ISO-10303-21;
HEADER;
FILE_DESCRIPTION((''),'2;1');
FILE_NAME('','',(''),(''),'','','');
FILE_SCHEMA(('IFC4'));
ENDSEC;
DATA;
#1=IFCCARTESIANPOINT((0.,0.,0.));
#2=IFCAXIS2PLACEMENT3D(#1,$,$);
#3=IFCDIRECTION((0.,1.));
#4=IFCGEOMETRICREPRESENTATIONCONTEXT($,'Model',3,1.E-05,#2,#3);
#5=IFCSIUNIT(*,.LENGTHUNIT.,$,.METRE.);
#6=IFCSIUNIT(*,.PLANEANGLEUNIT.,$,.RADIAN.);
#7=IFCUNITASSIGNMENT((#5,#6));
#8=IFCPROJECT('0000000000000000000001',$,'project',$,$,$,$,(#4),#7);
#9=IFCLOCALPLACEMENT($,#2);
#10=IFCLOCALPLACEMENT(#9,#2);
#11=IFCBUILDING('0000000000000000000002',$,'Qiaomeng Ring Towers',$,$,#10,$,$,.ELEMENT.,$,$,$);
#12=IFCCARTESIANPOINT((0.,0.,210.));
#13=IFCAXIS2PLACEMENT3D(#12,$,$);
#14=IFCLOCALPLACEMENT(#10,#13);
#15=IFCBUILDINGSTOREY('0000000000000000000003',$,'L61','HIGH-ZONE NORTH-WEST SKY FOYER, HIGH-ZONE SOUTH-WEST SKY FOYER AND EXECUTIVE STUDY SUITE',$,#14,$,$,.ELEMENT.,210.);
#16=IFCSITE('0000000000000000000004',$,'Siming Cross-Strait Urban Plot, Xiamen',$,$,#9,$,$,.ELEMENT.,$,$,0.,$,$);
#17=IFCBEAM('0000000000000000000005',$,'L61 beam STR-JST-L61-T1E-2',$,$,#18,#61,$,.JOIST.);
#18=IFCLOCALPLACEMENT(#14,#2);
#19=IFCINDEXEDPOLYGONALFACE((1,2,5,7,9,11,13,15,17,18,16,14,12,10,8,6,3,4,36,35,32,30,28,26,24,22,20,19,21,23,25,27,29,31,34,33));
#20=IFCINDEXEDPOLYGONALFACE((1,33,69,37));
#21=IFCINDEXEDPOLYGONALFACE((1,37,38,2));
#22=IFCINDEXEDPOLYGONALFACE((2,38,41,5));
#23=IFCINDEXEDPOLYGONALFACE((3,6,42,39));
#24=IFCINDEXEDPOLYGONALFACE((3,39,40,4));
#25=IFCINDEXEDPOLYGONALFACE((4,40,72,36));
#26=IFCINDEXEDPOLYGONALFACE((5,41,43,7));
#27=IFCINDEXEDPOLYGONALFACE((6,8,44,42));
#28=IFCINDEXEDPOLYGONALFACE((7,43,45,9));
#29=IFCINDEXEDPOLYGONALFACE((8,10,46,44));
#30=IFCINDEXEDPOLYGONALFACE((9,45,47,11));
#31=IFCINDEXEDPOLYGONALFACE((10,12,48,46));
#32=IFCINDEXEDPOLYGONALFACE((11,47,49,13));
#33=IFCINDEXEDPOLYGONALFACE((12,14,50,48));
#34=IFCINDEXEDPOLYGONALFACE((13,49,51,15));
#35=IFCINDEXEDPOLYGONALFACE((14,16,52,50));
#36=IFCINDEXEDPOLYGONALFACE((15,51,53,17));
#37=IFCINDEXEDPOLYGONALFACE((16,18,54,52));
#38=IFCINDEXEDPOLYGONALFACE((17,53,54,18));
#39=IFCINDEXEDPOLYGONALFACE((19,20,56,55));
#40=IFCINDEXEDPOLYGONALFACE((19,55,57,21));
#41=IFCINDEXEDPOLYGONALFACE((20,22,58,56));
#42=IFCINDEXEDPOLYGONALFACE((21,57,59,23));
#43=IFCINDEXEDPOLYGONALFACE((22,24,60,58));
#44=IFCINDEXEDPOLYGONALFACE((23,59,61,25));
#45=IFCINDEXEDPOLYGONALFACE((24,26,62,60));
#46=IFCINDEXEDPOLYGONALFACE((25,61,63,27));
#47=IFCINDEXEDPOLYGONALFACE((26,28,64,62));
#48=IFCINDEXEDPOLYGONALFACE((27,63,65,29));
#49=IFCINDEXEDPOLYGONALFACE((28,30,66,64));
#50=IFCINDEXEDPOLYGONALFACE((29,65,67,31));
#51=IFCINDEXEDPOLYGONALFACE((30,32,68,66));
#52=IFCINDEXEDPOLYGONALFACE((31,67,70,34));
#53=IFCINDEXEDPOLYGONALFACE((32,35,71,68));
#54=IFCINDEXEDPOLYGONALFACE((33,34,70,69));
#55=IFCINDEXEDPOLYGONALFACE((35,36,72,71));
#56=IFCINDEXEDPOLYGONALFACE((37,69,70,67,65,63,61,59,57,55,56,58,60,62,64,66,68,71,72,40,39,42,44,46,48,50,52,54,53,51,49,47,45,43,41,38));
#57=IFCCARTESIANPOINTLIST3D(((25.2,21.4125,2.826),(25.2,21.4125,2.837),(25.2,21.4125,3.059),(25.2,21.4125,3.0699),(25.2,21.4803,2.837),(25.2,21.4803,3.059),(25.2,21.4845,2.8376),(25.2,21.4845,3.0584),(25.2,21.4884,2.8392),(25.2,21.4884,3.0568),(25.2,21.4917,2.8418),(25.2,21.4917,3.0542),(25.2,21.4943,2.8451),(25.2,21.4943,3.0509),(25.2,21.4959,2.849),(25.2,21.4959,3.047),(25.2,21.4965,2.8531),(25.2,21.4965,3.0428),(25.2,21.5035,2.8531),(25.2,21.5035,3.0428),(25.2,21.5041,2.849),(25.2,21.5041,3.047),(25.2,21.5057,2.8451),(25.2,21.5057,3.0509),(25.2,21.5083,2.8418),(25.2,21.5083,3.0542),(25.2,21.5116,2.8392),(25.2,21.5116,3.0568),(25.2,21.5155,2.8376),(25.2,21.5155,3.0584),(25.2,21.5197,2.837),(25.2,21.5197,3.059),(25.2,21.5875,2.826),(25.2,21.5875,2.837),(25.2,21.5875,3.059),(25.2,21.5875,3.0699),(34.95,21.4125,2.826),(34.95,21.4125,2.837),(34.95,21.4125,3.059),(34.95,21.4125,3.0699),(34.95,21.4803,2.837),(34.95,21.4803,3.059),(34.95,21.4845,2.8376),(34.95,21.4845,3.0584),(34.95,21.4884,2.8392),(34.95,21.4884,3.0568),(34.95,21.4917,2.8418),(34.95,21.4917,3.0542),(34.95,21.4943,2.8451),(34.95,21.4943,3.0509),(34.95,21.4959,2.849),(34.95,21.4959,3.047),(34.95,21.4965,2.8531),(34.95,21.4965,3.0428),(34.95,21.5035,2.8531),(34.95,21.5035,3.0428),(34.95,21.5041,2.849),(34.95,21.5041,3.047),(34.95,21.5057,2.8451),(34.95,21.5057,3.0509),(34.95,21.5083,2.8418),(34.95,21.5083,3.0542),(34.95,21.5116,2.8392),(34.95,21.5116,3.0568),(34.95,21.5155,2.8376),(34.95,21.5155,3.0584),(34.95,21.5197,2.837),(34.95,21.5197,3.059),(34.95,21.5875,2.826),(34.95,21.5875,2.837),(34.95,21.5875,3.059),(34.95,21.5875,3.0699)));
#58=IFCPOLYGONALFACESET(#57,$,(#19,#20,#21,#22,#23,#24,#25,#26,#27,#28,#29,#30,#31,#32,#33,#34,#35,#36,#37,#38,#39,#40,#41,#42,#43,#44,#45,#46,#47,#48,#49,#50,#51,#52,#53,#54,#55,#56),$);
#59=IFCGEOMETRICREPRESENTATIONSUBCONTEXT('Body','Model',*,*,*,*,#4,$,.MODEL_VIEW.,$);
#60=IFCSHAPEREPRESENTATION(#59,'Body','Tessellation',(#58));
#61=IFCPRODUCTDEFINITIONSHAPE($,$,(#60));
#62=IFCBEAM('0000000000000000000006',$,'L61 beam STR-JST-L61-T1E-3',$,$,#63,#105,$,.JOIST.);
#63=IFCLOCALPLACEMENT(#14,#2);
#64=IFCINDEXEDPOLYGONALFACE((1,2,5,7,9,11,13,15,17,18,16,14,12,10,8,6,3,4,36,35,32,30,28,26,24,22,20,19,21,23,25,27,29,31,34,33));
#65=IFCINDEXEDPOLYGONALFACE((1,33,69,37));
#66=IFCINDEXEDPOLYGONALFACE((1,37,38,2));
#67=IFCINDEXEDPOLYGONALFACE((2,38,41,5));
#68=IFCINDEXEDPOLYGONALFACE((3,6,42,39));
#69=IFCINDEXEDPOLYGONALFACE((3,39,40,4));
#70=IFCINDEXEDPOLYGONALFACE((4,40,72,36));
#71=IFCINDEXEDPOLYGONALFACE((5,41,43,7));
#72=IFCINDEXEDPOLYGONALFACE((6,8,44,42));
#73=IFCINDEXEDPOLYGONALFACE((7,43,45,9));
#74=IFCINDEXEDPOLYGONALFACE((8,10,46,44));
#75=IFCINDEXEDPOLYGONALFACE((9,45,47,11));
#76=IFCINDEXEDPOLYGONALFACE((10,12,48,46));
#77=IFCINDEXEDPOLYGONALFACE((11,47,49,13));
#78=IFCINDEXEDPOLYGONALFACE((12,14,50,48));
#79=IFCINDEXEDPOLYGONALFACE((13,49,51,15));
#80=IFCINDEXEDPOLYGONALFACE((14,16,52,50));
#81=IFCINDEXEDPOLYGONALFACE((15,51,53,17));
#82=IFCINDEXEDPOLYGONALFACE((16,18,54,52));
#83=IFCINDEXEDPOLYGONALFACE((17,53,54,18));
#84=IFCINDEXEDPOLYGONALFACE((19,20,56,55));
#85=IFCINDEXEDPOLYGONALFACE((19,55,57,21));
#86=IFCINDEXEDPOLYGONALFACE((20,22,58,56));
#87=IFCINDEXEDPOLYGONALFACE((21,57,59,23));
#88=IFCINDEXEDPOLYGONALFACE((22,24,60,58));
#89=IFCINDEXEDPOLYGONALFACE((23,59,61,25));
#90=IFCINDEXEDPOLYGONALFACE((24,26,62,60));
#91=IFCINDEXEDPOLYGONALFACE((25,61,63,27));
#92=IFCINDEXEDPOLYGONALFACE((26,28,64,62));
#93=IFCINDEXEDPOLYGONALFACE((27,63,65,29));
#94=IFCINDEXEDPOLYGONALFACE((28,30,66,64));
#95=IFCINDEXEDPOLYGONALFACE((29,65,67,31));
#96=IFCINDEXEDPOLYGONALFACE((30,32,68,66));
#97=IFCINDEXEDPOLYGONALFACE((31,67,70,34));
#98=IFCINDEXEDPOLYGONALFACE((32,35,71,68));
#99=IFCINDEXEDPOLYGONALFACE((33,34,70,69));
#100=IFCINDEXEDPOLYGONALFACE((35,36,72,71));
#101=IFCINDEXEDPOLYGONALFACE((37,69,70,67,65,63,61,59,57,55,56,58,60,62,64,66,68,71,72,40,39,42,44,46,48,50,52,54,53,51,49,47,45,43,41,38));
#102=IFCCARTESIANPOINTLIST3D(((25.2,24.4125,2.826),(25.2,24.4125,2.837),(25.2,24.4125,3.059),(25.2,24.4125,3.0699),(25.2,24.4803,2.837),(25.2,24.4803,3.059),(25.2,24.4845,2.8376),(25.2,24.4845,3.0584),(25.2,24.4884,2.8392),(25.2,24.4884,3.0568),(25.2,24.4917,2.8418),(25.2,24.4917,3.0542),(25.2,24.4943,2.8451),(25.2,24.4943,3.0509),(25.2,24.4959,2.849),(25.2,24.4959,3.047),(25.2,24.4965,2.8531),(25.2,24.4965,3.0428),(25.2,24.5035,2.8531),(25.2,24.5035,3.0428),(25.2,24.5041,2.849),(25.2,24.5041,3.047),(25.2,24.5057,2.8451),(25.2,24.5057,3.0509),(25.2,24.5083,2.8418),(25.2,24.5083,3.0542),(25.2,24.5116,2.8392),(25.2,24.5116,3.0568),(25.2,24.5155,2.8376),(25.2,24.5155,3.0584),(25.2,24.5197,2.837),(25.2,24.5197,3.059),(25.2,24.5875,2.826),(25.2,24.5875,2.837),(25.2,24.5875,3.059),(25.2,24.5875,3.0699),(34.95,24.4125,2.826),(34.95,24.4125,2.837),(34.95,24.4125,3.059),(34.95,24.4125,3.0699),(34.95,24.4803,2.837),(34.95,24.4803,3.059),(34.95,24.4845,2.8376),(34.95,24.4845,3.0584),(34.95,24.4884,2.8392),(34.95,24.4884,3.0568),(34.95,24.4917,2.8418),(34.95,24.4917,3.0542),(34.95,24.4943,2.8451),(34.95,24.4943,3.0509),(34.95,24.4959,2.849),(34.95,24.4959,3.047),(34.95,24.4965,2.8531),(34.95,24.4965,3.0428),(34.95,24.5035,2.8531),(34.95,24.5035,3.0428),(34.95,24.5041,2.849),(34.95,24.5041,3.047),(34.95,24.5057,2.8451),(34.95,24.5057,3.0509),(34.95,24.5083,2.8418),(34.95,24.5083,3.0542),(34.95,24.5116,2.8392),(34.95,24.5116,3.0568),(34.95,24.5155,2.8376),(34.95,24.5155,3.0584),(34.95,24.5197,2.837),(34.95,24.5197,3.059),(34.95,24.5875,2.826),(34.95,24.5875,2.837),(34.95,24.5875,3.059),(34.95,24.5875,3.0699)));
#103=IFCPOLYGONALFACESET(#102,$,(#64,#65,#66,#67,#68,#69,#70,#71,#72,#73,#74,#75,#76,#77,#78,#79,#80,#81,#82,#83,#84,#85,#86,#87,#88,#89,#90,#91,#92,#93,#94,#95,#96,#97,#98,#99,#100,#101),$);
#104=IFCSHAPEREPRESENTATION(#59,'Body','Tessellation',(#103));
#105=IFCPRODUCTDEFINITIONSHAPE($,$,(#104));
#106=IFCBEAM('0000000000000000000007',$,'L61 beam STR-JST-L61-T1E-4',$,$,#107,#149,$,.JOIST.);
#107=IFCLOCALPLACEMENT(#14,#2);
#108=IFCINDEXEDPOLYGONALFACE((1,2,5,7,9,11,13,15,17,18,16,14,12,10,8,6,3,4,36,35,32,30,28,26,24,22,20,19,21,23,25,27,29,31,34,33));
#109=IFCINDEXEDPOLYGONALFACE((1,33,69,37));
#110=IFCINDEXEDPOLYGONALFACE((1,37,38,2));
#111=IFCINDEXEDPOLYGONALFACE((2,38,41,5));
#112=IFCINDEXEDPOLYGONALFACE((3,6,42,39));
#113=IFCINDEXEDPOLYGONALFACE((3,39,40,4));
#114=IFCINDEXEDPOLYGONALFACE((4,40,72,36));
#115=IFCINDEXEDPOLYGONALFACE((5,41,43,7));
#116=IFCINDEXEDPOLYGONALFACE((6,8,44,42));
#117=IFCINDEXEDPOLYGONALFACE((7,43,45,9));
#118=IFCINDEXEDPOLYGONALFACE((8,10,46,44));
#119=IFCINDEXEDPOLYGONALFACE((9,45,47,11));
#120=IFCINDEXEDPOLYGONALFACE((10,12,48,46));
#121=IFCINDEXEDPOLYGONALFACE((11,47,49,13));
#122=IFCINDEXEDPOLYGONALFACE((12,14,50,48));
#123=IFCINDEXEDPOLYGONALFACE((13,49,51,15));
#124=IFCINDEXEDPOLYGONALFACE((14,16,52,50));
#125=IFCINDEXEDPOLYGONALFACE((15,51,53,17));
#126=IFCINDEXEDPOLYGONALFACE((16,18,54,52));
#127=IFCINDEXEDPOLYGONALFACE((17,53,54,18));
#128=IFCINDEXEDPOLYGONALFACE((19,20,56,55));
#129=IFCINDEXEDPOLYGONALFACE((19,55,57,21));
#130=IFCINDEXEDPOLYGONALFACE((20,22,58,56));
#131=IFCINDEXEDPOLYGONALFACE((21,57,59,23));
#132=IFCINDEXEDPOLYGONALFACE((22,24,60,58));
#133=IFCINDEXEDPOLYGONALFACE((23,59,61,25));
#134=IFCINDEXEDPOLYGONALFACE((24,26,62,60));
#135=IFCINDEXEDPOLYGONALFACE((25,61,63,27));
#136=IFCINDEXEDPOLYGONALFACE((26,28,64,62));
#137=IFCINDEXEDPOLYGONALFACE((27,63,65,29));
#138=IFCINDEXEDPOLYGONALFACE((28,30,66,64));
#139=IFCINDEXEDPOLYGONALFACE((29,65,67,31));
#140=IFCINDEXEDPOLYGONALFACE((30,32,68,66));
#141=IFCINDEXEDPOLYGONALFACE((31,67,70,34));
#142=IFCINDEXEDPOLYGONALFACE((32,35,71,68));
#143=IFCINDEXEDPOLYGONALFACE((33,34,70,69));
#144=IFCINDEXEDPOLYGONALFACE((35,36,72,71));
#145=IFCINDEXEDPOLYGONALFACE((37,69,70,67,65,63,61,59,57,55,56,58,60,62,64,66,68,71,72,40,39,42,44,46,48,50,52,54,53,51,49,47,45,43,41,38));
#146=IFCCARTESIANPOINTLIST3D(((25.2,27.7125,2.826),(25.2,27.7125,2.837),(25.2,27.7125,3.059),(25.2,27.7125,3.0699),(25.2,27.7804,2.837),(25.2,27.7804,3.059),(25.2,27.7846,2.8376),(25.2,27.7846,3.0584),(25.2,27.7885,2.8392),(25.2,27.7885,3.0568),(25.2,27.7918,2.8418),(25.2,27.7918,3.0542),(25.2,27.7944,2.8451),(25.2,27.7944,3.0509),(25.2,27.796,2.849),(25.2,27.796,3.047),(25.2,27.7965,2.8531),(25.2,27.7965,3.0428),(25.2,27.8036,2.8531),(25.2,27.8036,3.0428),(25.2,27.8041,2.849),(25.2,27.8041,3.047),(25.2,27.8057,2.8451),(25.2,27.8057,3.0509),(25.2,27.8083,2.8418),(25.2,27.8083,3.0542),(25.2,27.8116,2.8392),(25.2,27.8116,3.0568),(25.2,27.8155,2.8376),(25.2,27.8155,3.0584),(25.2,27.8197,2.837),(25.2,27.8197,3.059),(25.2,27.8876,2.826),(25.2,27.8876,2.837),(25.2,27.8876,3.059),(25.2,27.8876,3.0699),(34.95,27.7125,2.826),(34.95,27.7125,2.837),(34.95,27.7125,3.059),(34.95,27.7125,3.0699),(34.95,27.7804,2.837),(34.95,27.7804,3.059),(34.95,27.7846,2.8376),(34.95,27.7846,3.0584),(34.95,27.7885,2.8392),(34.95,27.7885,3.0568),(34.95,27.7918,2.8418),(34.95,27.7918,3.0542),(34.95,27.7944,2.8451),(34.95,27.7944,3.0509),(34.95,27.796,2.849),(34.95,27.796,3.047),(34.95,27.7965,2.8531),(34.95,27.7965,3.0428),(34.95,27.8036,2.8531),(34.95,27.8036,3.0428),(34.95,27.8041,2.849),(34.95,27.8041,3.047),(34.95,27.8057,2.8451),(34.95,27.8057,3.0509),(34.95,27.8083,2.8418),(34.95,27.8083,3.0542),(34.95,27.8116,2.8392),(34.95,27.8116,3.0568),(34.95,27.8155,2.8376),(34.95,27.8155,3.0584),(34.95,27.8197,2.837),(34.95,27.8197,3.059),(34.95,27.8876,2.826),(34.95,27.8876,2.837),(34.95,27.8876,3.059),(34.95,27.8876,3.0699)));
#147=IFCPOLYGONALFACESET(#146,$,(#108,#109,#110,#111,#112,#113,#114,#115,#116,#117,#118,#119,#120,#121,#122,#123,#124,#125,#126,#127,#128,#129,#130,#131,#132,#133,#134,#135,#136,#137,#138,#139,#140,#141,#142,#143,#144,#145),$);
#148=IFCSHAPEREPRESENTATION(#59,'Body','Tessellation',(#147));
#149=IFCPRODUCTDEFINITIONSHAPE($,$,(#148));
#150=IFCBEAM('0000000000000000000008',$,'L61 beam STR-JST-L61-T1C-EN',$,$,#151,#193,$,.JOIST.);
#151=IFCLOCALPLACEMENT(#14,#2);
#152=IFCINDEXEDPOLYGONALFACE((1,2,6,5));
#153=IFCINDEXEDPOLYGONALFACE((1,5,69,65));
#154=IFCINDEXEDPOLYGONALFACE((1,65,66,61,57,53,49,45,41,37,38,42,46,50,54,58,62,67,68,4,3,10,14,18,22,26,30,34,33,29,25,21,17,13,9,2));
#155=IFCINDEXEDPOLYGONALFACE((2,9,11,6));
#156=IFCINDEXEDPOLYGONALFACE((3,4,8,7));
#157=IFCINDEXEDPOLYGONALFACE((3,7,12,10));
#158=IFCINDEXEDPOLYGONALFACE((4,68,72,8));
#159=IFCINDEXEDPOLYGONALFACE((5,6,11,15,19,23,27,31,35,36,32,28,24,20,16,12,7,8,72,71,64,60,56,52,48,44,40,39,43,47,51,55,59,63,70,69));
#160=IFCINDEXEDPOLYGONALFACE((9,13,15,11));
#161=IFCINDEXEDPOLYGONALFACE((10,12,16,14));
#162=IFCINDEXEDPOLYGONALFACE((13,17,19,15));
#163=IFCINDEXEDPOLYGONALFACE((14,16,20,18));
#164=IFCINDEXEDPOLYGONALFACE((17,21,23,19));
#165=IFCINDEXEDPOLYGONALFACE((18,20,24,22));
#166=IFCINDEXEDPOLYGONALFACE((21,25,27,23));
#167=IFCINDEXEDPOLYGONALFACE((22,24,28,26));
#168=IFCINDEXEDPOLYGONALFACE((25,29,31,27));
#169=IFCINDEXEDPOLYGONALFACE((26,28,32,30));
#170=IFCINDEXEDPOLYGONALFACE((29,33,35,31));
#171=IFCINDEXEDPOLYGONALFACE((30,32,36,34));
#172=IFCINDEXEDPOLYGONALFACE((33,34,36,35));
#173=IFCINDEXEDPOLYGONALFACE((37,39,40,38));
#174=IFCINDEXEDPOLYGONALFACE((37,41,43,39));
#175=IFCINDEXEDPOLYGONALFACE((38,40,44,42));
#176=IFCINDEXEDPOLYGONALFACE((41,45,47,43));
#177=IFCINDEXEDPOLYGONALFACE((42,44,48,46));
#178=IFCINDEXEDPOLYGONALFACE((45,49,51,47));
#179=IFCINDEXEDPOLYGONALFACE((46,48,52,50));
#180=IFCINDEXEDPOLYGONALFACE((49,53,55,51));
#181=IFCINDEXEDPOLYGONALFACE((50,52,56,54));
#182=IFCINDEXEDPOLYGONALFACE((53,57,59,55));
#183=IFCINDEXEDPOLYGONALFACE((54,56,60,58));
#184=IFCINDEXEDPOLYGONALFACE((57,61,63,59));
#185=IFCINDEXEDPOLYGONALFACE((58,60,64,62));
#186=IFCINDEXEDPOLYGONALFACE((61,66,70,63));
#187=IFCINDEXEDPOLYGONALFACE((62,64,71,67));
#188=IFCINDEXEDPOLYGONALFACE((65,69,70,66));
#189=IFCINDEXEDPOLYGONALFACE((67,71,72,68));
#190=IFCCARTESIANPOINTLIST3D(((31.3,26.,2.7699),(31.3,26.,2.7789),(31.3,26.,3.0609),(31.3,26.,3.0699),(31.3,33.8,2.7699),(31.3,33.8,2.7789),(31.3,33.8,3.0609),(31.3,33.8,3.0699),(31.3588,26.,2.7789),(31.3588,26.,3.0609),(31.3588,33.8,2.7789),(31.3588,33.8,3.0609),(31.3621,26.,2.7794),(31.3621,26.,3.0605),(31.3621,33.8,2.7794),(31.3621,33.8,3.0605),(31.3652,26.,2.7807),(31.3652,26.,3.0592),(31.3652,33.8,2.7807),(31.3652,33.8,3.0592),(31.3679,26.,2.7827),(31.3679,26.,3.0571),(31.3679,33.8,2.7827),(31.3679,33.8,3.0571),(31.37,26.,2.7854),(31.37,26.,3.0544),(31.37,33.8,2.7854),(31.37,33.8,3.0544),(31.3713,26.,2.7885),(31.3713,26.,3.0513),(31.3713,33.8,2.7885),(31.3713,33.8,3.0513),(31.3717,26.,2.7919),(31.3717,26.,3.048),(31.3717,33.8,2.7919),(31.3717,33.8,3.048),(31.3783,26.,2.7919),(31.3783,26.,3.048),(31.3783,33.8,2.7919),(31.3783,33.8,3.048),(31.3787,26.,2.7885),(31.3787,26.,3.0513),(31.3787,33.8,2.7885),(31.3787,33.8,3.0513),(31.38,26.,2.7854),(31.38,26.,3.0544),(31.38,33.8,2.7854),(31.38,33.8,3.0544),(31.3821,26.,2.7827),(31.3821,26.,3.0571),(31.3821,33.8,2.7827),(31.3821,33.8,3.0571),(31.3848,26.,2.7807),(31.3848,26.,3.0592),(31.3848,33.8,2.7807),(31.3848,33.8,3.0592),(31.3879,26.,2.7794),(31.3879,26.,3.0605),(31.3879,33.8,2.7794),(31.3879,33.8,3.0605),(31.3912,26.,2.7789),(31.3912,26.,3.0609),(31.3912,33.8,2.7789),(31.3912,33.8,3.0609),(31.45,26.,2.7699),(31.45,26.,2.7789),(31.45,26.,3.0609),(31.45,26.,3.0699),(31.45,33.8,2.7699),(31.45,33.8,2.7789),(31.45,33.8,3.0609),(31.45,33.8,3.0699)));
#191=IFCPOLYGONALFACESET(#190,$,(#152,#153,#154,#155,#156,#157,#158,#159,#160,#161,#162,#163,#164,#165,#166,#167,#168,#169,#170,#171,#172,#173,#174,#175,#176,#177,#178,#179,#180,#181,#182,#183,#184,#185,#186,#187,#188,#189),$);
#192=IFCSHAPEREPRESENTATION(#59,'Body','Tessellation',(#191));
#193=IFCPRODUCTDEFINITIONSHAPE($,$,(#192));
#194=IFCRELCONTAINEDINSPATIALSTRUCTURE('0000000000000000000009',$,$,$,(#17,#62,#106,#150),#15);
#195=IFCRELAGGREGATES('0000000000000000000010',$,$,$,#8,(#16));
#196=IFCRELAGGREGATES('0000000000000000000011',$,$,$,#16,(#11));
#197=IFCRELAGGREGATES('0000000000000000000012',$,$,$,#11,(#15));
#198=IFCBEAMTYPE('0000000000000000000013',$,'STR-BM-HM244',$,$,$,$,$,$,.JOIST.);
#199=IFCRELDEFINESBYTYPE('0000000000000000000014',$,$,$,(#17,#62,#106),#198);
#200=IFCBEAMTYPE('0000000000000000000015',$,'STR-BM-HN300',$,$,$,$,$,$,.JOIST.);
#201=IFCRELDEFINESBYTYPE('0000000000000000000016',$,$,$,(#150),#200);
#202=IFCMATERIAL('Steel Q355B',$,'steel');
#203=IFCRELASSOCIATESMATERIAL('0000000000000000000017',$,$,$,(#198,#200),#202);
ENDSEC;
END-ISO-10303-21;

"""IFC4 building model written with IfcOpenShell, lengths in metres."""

from ifc_helpers import new_model, si_unit, direction, frame, origin, origin_2d, place, context, subcontext, project, spatial, i_section, extrude, source, transform, mapped, material, material_profile, profile_set, type_object, element, save


model = new_model("IFC4")

# Units and contexts
model_context = context("Model", 3, precision=1e-05, world=origin(), true_north=direction((0.0, 1.0)))
body_context = subcontext(model_context, "Body", "Model", "MODEL_VIEW")
ifc_project = project(units=[si_unit("LENGTHUNIT", "METRE"), si_unit("PLANEANGLEUNIT", "RADIAN")], contexts=[model_context])

# Site, building, storey
site_placement = place(None, origin())
site = spatial("IfcSite", under=ifc_project, at=site_placement, Name="Siming Cross-Strait Urban Plot, Xiamen", CompositionType="ELEMENT", RefElevation=0.0)
building_placement = place(site_placement, origin())
building = spatial("IfcBuilding", under=site, at=building_placement, Name="Qiaomeng Ring Towers", CompositionType="ELEMENT")
storey_placement = place(building_placement, frame((0.0, 0.0, 210.0)))
storey = spatial("IfcBuildingStorey", under=building, at=storey_placement, Name="L61", Description="HIGH-ZONE NORTH-WEST SKY FOYER, HIGH-ZONE SOUTH-WEST SKY FOYER AND EXECUTIVE STUDY SUITE", CompositionType="ELEMENT", Elevation=210.0)

# Beams
ifc_material_1 = material(Name="Steel Q355B", Category="steel")
ifc_material_profile_1 = material_profile(ifc_material_1, i_section(OverallWidth=0.175, OverallDepth=0.2439, WebThickness=0.0071, FlangeThickness=0.011, FilletRadius=0.0161, at=origin_2d()), Name="HM 244x175x7x11")
ifc_profile_set_1 = profile_set([ifc_material_profile_1], Name="Steel Q355B")
beam_type_1 = type_object("IfcBeamType", Name="STR-BM-HM244", PredefinedType="JOIST", material=ifc_profile_set_1)
shared_shape_1 = source(origin(), body_context, "Body", "SweptSolid", [
    extrude(i_section(OverallWidth=0.175, OverallDepth=0.2439, WebThickness=0.0071, FlangeThickness=0.011, FilletRadius=0.0161, at=origin_2d()), origin(), (0.0, 0.0, 1.0), 9.75),
])
for number, where, z_axis, x_axis, name in (
    (1, (25.2, 21.5, 2.948), (1.0, 0.0, 0.0), (0.0, 1.0, 0.0), "L61 beam STR-JST-L61-T1E-2"),
    (2, (25.2, 24.5, 2.948), (1.0, 0.0, 0.0), (0.0, 1.0, 0.0), "L61 beam STR-JST-L61-T1E-3"),
    (3, (25.2, 27.8, 2.948), (1.0, 0.0, 0.0), (0.0, 1.0, 0.0), "L61 beam STR-JST-L61-T1E-4"),
):
    element("IfcBeam", number, at=place(storey_placement, frame(where, z_axis=z_axis, x_axis=x_axis)), inside=storey, type_object=beam_type_1, Name=name, PredefinedType="JOIST", context=body_context, shape_type="MappedRepresentation", body=[
        mapped(shared_shape_1, transform((0.0, 0.0, 0.0), x_axis=(1.0, 0.0, 0.0), y_axis=(0.0, 1.0, 0.0), z_axis=(0.0, 0.0, 1.0), scale=1.0)),
    ])
ifc_material_profile_2 = material_profile(ifc_material_1, i_section(OverallWidth=0.1499, OverallDepth=0.3, WebThickness=0.0066, FlangeThickness=0.009, FilletRadius=0.0129, at=origin_2d()), Name="HN 300x150x6.5x9")
ifc_profile_set_2 = profile_set([ifc_material_profile_2], Name="Steel Q355B")
beam_type_2 = type_object("IfcBeamType", Name="STR-BM-HN300", PredefinedType="JOIST", material=ifc_profile_set_2)
shared_shape_2 = source(origin(), body_context, "Body", "SweptSolid", [
    extrude(i_section(OverallWidth=0.1499, OverallDepth=0.3, WebThickness=0.0066, FlangeThickness=0.009, FilletRadius=0.0129, at=origin_2d()), origin(), (0.0, 0.0, 1.0), 7.8),
])
beam_1_placement = place(storey_placement, frame((31.375, 26.0, 2.9199), z_axis=(0.0, 1.0, 0.0), x_axis=(-1.0, 0.0, 0.0)))
element("IfcBeam", 4, at=beam_1_placement, inside=storey, type_object=beam_type_2, Name="L61 beam STR-JST-L61-T1C-EN", PredefinedType="JOIST", context=body_context, shape_type="MappedRepresentation", body=[
    mapped(shared_shape_2, transform((0.0, 0.0, 0.0), x_axis=(1.0, 0.0, 0.0), y_axis=(0.0, 1.0, 0.0), z_axis=(0.0, 0.0, 1.0), scale=1.0)),
])

save(model, "model.ifc")
